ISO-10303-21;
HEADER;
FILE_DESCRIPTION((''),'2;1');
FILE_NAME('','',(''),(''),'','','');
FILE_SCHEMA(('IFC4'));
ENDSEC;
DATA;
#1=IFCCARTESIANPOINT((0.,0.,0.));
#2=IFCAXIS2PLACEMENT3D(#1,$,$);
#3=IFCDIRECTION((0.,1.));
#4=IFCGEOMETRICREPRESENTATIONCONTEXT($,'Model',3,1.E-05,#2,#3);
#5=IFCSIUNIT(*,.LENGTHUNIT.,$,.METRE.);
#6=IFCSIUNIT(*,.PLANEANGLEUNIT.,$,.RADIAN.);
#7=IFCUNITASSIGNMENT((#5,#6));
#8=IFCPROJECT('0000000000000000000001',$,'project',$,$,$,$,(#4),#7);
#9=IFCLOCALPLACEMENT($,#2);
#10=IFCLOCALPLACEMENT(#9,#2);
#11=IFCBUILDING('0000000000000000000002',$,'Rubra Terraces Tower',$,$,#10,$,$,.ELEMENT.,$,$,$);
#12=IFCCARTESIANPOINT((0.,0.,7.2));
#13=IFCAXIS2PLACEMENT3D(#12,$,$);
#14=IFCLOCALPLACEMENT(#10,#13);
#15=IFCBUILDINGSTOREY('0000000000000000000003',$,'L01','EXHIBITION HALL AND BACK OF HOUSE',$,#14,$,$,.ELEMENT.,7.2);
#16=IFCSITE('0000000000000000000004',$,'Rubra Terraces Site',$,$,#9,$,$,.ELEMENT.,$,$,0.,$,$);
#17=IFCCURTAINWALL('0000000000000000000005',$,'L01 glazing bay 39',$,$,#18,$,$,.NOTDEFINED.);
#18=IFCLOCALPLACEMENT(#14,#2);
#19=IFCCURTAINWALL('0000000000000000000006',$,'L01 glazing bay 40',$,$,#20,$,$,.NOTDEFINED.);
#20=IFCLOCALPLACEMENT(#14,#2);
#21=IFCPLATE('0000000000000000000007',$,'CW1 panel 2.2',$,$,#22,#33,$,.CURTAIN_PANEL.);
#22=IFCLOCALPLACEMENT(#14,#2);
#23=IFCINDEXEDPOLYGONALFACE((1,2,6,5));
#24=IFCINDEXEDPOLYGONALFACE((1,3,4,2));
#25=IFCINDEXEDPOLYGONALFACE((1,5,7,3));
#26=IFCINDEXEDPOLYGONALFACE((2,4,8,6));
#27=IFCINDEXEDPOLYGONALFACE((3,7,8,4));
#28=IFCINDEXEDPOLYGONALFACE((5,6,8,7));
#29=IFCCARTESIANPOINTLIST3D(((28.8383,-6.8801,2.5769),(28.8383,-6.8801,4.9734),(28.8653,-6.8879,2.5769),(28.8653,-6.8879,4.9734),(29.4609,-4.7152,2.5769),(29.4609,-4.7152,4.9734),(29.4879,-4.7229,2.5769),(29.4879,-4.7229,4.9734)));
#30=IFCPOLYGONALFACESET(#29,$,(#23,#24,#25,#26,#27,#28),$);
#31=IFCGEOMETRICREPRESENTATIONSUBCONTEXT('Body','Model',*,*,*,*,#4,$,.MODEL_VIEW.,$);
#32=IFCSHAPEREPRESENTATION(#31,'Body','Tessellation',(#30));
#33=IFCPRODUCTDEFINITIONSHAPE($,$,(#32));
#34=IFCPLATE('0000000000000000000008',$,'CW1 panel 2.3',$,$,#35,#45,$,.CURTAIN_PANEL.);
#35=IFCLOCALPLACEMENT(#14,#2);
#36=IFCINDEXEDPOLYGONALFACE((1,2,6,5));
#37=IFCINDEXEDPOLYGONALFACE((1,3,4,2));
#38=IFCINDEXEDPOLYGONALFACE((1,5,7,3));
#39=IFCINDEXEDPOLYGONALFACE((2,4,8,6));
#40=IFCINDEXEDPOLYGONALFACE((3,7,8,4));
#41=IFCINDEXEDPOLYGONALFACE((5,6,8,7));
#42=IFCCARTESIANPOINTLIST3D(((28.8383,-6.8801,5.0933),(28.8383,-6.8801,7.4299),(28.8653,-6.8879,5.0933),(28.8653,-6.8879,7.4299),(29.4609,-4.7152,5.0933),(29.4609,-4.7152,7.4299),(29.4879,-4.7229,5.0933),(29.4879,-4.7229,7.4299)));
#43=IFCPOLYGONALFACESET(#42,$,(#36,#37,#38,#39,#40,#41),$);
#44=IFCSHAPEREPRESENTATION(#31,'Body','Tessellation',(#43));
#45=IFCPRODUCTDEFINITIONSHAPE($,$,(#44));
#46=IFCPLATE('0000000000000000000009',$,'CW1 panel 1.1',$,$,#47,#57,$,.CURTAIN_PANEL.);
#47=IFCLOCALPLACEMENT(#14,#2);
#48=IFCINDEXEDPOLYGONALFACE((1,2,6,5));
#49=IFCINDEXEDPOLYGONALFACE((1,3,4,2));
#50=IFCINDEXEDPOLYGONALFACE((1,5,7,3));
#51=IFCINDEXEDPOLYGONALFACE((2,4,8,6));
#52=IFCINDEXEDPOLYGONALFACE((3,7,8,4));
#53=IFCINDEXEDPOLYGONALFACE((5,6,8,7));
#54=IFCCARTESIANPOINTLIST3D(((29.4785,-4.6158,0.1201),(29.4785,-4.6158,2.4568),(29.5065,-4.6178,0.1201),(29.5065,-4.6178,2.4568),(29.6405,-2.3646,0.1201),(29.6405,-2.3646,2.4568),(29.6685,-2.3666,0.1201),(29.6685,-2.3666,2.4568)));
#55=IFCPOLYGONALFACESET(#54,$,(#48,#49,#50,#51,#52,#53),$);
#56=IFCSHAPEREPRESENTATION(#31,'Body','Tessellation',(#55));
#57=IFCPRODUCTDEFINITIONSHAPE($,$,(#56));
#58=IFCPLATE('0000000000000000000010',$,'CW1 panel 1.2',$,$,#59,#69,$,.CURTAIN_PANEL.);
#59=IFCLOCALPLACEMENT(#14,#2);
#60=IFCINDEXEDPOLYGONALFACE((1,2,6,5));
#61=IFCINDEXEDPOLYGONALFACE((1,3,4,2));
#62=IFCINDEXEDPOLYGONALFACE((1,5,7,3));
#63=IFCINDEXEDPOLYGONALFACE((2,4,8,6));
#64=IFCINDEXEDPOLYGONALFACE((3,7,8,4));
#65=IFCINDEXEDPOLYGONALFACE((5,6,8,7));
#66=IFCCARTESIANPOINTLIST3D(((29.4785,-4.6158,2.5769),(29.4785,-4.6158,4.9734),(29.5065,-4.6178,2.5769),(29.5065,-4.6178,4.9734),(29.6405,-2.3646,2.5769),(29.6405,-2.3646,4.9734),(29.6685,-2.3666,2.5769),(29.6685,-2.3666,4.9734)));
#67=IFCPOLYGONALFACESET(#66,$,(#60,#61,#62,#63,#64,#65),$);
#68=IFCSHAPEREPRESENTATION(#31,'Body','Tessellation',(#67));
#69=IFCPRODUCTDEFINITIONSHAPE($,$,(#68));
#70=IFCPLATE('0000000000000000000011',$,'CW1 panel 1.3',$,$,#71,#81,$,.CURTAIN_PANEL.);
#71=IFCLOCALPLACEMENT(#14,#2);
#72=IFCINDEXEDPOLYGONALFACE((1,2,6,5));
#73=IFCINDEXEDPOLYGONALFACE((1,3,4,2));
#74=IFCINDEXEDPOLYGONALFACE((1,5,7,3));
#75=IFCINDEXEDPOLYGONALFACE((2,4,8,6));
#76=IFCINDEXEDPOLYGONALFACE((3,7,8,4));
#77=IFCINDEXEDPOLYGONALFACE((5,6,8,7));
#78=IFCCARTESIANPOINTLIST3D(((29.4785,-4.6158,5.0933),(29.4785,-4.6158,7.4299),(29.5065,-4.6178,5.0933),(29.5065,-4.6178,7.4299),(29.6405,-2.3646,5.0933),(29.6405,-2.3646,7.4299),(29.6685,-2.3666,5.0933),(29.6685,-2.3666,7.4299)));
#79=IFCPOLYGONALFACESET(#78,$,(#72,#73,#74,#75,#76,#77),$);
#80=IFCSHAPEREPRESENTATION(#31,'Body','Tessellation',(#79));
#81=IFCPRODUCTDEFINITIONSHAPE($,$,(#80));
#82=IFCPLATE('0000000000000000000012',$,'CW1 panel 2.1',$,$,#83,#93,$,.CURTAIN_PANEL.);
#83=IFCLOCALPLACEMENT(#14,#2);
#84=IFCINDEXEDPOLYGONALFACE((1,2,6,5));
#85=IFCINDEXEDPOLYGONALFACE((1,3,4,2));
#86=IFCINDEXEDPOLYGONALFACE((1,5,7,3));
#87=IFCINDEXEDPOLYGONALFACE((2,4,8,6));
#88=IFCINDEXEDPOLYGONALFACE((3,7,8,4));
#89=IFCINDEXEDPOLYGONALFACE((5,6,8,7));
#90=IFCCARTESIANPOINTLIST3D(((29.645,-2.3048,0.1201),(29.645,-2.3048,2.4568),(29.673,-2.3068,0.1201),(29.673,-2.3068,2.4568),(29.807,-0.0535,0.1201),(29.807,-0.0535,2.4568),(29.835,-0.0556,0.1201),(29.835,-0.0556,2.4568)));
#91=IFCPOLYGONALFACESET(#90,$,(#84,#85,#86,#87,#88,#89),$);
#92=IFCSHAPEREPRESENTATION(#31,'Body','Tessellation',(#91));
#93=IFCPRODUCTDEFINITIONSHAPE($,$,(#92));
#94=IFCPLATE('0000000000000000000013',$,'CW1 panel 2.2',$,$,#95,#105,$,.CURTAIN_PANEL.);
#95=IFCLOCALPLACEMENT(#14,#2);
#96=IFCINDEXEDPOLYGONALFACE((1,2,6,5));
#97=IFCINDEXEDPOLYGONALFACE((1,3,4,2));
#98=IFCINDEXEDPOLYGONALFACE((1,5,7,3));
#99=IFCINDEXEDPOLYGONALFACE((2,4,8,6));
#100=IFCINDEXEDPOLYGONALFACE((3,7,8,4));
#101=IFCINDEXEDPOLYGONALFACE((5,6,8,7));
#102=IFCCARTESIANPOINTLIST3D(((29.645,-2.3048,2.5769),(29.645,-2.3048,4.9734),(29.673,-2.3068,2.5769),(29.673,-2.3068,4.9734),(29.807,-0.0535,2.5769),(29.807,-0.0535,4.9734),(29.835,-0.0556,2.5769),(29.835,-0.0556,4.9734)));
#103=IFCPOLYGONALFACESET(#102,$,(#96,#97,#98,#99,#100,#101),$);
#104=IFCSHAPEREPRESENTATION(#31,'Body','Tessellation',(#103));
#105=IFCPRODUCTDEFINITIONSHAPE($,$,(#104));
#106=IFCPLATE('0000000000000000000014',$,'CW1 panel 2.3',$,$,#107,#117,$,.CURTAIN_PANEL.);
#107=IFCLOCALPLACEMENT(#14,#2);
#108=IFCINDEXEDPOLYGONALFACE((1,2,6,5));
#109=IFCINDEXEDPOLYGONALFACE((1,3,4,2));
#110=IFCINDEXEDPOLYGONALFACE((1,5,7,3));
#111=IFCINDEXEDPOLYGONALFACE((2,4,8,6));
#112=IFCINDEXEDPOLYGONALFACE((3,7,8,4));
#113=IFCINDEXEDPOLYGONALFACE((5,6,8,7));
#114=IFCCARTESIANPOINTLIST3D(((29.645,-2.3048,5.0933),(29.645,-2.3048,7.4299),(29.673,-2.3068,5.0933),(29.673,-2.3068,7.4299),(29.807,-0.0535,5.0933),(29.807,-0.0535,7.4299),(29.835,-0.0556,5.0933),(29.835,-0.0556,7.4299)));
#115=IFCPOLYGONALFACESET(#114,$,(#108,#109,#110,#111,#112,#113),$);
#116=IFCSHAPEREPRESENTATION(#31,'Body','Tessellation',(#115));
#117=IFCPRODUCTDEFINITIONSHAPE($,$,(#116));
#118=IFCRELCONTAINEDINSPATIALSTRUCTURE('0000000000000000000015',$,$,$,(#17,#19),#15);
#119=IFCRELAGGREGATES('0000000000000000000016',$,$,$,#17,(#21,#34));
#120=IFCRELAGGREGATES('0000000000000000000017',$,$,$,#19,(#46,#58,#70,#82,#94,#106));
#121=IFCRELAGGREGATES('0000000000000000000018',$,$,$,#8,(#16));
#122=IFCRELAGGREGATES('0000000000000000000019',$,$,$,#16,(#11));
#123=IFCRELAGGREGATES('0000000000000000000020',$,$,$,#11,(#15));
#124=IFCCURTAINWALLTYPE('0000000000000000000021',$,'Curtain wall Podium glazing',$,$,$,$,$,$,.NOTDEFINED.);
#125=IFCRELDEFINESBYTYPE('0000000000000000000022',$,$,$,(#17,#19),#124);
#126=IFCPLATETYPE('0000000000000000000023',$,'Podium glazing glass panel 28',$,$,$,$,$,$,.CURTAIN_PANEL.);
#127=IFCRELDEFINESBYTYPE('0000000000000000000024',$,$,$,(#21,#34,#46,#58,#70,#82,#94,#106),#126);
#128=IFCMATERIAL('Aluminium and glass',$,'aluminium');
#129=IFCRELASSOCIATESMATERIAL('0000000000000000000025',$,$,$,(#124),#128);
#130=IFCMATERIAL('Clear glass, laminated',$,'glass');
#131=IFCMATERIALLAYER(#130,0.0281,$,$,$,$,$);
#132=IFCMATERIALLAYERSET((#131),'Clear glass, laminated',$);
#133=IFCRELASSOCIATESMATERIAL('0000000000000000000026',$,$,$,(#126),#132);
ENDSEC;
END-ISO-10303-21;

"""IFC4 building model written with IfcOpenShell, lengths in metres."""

from ifc_helpers import new_model, si_unit, direction, frame, origin, origin_2d, place, context, subcontext, project, spatial, rectangle, extrude, material, layer, layer_set, type_object, element, aggregate, save


model = new_model("IFC4")

# Units and contexts
model_context = context("Model", 3, precision=1e-05, world=origin(), true_north=direction((0.0, 1.0)))
body_context = subcontext(model_context, "Body", "Model", "MODEL_VIEW")
ifc_project = project(units=[si_unit("LENGTHUNIT", "METRE"), si_unit("PLANEANGLEUNIT", "RADIAN")], contexts=[model_context])

# Site, building, storey
site_placement = place(None, origin())
site = spatial("IfcSite", under=ifc_project, at=site_placement, Name="Rubra Terraces Site", CompositionType="ELEMENT", RefElevation=0.0)
building_placement = place(site_placement, origin())
building = spatial("IfcBuilding", under=site, at=building_placement, Name="Rubra Terraces Tower", CompositionType="ELEMENT")
storey_placement = place(building_placement, frame((0.0, 0.0, 7.2)))
storey = spatial("IfcBuildingStorey", under=building, at=storey_placement, Name="L01", Description="EXHIBITION HALL AND BACK OF HOUSE", CompositionType="ELEMENT", Elevation=7.2)

# Curtain walls
ifc_material_1 = material(Name="Aluminium and glass", Category="aluminium")
curtain_wall_type = type_object("IfcCurtainWallType", Name="Curtain wall Podium glazing", PredefinedType="NOTDEFINED", material=ifc_material_1)
curtain_wall_1_placement = place(storey_placement, origin())
curtain_wall_1 = element("IfcCurtainWall", 1, at=curtain_wall_1_placement, inside=storey, type_object=curtain_wall_type, Name="L01 glazing bay 39", PredefinedType="NOTDEFINED")
curtain_wall_2_placement = place(storey_placement, origin())
curtain_wall_2 = element("IfcCurtainWall", 2, at=curtain_wall_2_placement, inside=storey, type_object=curtain_wall_type, Name="L01 glazing bay 40", PredefinedType="NOTDEFINED")

# Plates
ifc_material_2 = material(Name="Clear glass, laminated", Category="glass")
ifc_layer = layer(ifc_material_2, 0.0281)
ifc_layer_set = layer_set([ifc_layer], Name="Clear glass, laminated")
plate_type = type_object("IfcPlateType", Name="Podium glazing glass panel 28", PredefinedType="CURTAIN_PANEL", material=ifc_layer_set)
plate_1_placement = place(storey_placement, frame((29.1631, -5.8015, 2.5769), z_axis=(0.0, 0.0, 1.0), x_axis=(0.276384, 0.961047, 0.0)))
plate_1 = element("IfcPlate", 3, at=plate_1_placement, type_object=plate_type, Name="CW1 panel 2.2", PredefinedType="CURTAIN_PANEL", context=body_context, shape_type="SweptSolid", body=[
    extrude(rectangle(XDim=2.2527, YDim=0.0281, at=origin_2d()), origin(), (0.0, 0.0, 1.0), 2.3965),
])
plate_2_placement = place(storey_placement, frame((29.1631, -5.8015, 5.0933), z_axis=(0.0, 0.0, 1.0), x_axis=(0.276384, 0.961047, 0.0)))
plate_2 = element("IfcPlate", 4, at=plate_2_placement, type_object=plate_type, Name="CW1 panel 2.3", PredefinedType="CURTAIN_PANEL", context=body_context, shape_type="SweptSolid", body=[
    extrude(rectangle(XDim=2.2527, YDim=0.0281, at=origin_2d()), origin(), (0.0, 0.0, 1.0), 2.3367),
])
aggregate(curtain_wall_1, [plate_1, plate_2])
plate_3_placement = place(storey_placement, frame((29.5735, -3.4912, 0.1201), z_axis=(0.0, 0.0, 1.0), x_axis=(0.071792, 0.99742, 0.0)))
plate_3 = element("IfcPlate", 5, at=plate_3_placement, type_object=plate_type, Name="CW1 panel 1.1", PredefinedType="CURTAIN_PANEL", context=body_context, shape_type="SweptSolid", body=[
    extrude(rectangle(XDim=2.2571, YDim=0.0281, at=origin_2d()), origin(), (0.0, 0.0, 1.0), 2.3367),
])
plate_4_placement = place(storey_placement, frame((29.5735, -3.4912, 2.5769), z_axis=(0.0, 0.0, 1.0), x_axis=(0.071792, 0.99742, 0.0)))
plate_4 = element("IfcPlate", 6, at=plate_4_placement, type_object=plate_type, Name="CW1 panel 1.2", PredefinedType="CURTAIN_PANEL", context=body_context, shape_type="SweptSolid", body=[
    extrude(rectangle(XDim=2.2571, YDim=0.0281, at=origin_2d()), origin(), (0.0, 0.0, 1.0), 2.3965),
])
plate_5_placement = place(storey_placement, frame((29.5735, -3.4912, 5.0933), z_axis=(0.0, 0.0, 1.0), x_axis=(0.071792, 0.99742, 0.0)))
plate_5 = element("IfcPlate", 7, at=plate_5_placement, type_object=plate_type, Name="CW1 panel 1.3", PredefinedType="CURTAIN_PANEL", context=body_context, shape_type="SweptSolid", body=[
    extrude(rectangle(XDim=2.2571, YDim=0.0281, at=origin_2d()), origin(), (0.0, 0.0, 1.0), 2.3367),
])
plate_6_placement = place(storey_placement, frame((29.74, -1.1802, 0.1201), z_axis=(0.0, 0.0, 1.0), x_axis=(0.071792, 0.99742, 0.0)))
plate_6 = element("IfcPlate", 8, at=plate_6_placement, type_object=plate_type, Name="CW1 panel 2.1", PredefinedType="CURTAIN_PANEL", context=body_context, shape_type="SweptSolid", body=[
    extrude(rectangle(XDim=2.2571, YDim=0.0281, at=origin_2d()), origin(), (0.0, 0.0, 1.0), 2.3367),
])
plate_7_placement = place(storey_placement, frame((29.74, -1.1802, 2.5769), z_axis=(0.0, 0.0, 1.0), x_axis=(0.071792, 0.99742, 0.0)))
plate_7 = element("IfcPlate", 9, at=plate_7_placement, type_object=plate_type, Name="CW1 panel 2.2", PredefinedType="CURTAIN_PANEL", context=body_context, shape_type="SweptSolid", body=[
    extrude(rectangle(XDim=2.2571, YDim=0.0281, at=origin_2d()), origin(), (0.0, 0.0, 1.0), 2.3965),
])
plate_8_placement = place(storey_placement, frame((29.74, -1.1802, 5.0933), z_axis=(0.0, 0.0, 1.0), x_axis=(0.071792, 0.99742, 0.0)))
plate_8 = element("IfcPlate", 10, at=plate_8_placement, type_object=plate_type, Name="CW1 panel 2.3", PredefinedType="CURTAIN_PANEL", context=body_context, shape_type="SweptSolid", body=[
    extrude(rectangle(XDim=2.2571, YDim=0.0281, at=origin_2d()), origin(), (0.0, 0.0, 1.0), 2.3367),
])
aggregate(curtain_wall_2, [plate_3, plate_4, plate_5, plate_6, plate_7, plate_8])

save(model, "model.ifc")
